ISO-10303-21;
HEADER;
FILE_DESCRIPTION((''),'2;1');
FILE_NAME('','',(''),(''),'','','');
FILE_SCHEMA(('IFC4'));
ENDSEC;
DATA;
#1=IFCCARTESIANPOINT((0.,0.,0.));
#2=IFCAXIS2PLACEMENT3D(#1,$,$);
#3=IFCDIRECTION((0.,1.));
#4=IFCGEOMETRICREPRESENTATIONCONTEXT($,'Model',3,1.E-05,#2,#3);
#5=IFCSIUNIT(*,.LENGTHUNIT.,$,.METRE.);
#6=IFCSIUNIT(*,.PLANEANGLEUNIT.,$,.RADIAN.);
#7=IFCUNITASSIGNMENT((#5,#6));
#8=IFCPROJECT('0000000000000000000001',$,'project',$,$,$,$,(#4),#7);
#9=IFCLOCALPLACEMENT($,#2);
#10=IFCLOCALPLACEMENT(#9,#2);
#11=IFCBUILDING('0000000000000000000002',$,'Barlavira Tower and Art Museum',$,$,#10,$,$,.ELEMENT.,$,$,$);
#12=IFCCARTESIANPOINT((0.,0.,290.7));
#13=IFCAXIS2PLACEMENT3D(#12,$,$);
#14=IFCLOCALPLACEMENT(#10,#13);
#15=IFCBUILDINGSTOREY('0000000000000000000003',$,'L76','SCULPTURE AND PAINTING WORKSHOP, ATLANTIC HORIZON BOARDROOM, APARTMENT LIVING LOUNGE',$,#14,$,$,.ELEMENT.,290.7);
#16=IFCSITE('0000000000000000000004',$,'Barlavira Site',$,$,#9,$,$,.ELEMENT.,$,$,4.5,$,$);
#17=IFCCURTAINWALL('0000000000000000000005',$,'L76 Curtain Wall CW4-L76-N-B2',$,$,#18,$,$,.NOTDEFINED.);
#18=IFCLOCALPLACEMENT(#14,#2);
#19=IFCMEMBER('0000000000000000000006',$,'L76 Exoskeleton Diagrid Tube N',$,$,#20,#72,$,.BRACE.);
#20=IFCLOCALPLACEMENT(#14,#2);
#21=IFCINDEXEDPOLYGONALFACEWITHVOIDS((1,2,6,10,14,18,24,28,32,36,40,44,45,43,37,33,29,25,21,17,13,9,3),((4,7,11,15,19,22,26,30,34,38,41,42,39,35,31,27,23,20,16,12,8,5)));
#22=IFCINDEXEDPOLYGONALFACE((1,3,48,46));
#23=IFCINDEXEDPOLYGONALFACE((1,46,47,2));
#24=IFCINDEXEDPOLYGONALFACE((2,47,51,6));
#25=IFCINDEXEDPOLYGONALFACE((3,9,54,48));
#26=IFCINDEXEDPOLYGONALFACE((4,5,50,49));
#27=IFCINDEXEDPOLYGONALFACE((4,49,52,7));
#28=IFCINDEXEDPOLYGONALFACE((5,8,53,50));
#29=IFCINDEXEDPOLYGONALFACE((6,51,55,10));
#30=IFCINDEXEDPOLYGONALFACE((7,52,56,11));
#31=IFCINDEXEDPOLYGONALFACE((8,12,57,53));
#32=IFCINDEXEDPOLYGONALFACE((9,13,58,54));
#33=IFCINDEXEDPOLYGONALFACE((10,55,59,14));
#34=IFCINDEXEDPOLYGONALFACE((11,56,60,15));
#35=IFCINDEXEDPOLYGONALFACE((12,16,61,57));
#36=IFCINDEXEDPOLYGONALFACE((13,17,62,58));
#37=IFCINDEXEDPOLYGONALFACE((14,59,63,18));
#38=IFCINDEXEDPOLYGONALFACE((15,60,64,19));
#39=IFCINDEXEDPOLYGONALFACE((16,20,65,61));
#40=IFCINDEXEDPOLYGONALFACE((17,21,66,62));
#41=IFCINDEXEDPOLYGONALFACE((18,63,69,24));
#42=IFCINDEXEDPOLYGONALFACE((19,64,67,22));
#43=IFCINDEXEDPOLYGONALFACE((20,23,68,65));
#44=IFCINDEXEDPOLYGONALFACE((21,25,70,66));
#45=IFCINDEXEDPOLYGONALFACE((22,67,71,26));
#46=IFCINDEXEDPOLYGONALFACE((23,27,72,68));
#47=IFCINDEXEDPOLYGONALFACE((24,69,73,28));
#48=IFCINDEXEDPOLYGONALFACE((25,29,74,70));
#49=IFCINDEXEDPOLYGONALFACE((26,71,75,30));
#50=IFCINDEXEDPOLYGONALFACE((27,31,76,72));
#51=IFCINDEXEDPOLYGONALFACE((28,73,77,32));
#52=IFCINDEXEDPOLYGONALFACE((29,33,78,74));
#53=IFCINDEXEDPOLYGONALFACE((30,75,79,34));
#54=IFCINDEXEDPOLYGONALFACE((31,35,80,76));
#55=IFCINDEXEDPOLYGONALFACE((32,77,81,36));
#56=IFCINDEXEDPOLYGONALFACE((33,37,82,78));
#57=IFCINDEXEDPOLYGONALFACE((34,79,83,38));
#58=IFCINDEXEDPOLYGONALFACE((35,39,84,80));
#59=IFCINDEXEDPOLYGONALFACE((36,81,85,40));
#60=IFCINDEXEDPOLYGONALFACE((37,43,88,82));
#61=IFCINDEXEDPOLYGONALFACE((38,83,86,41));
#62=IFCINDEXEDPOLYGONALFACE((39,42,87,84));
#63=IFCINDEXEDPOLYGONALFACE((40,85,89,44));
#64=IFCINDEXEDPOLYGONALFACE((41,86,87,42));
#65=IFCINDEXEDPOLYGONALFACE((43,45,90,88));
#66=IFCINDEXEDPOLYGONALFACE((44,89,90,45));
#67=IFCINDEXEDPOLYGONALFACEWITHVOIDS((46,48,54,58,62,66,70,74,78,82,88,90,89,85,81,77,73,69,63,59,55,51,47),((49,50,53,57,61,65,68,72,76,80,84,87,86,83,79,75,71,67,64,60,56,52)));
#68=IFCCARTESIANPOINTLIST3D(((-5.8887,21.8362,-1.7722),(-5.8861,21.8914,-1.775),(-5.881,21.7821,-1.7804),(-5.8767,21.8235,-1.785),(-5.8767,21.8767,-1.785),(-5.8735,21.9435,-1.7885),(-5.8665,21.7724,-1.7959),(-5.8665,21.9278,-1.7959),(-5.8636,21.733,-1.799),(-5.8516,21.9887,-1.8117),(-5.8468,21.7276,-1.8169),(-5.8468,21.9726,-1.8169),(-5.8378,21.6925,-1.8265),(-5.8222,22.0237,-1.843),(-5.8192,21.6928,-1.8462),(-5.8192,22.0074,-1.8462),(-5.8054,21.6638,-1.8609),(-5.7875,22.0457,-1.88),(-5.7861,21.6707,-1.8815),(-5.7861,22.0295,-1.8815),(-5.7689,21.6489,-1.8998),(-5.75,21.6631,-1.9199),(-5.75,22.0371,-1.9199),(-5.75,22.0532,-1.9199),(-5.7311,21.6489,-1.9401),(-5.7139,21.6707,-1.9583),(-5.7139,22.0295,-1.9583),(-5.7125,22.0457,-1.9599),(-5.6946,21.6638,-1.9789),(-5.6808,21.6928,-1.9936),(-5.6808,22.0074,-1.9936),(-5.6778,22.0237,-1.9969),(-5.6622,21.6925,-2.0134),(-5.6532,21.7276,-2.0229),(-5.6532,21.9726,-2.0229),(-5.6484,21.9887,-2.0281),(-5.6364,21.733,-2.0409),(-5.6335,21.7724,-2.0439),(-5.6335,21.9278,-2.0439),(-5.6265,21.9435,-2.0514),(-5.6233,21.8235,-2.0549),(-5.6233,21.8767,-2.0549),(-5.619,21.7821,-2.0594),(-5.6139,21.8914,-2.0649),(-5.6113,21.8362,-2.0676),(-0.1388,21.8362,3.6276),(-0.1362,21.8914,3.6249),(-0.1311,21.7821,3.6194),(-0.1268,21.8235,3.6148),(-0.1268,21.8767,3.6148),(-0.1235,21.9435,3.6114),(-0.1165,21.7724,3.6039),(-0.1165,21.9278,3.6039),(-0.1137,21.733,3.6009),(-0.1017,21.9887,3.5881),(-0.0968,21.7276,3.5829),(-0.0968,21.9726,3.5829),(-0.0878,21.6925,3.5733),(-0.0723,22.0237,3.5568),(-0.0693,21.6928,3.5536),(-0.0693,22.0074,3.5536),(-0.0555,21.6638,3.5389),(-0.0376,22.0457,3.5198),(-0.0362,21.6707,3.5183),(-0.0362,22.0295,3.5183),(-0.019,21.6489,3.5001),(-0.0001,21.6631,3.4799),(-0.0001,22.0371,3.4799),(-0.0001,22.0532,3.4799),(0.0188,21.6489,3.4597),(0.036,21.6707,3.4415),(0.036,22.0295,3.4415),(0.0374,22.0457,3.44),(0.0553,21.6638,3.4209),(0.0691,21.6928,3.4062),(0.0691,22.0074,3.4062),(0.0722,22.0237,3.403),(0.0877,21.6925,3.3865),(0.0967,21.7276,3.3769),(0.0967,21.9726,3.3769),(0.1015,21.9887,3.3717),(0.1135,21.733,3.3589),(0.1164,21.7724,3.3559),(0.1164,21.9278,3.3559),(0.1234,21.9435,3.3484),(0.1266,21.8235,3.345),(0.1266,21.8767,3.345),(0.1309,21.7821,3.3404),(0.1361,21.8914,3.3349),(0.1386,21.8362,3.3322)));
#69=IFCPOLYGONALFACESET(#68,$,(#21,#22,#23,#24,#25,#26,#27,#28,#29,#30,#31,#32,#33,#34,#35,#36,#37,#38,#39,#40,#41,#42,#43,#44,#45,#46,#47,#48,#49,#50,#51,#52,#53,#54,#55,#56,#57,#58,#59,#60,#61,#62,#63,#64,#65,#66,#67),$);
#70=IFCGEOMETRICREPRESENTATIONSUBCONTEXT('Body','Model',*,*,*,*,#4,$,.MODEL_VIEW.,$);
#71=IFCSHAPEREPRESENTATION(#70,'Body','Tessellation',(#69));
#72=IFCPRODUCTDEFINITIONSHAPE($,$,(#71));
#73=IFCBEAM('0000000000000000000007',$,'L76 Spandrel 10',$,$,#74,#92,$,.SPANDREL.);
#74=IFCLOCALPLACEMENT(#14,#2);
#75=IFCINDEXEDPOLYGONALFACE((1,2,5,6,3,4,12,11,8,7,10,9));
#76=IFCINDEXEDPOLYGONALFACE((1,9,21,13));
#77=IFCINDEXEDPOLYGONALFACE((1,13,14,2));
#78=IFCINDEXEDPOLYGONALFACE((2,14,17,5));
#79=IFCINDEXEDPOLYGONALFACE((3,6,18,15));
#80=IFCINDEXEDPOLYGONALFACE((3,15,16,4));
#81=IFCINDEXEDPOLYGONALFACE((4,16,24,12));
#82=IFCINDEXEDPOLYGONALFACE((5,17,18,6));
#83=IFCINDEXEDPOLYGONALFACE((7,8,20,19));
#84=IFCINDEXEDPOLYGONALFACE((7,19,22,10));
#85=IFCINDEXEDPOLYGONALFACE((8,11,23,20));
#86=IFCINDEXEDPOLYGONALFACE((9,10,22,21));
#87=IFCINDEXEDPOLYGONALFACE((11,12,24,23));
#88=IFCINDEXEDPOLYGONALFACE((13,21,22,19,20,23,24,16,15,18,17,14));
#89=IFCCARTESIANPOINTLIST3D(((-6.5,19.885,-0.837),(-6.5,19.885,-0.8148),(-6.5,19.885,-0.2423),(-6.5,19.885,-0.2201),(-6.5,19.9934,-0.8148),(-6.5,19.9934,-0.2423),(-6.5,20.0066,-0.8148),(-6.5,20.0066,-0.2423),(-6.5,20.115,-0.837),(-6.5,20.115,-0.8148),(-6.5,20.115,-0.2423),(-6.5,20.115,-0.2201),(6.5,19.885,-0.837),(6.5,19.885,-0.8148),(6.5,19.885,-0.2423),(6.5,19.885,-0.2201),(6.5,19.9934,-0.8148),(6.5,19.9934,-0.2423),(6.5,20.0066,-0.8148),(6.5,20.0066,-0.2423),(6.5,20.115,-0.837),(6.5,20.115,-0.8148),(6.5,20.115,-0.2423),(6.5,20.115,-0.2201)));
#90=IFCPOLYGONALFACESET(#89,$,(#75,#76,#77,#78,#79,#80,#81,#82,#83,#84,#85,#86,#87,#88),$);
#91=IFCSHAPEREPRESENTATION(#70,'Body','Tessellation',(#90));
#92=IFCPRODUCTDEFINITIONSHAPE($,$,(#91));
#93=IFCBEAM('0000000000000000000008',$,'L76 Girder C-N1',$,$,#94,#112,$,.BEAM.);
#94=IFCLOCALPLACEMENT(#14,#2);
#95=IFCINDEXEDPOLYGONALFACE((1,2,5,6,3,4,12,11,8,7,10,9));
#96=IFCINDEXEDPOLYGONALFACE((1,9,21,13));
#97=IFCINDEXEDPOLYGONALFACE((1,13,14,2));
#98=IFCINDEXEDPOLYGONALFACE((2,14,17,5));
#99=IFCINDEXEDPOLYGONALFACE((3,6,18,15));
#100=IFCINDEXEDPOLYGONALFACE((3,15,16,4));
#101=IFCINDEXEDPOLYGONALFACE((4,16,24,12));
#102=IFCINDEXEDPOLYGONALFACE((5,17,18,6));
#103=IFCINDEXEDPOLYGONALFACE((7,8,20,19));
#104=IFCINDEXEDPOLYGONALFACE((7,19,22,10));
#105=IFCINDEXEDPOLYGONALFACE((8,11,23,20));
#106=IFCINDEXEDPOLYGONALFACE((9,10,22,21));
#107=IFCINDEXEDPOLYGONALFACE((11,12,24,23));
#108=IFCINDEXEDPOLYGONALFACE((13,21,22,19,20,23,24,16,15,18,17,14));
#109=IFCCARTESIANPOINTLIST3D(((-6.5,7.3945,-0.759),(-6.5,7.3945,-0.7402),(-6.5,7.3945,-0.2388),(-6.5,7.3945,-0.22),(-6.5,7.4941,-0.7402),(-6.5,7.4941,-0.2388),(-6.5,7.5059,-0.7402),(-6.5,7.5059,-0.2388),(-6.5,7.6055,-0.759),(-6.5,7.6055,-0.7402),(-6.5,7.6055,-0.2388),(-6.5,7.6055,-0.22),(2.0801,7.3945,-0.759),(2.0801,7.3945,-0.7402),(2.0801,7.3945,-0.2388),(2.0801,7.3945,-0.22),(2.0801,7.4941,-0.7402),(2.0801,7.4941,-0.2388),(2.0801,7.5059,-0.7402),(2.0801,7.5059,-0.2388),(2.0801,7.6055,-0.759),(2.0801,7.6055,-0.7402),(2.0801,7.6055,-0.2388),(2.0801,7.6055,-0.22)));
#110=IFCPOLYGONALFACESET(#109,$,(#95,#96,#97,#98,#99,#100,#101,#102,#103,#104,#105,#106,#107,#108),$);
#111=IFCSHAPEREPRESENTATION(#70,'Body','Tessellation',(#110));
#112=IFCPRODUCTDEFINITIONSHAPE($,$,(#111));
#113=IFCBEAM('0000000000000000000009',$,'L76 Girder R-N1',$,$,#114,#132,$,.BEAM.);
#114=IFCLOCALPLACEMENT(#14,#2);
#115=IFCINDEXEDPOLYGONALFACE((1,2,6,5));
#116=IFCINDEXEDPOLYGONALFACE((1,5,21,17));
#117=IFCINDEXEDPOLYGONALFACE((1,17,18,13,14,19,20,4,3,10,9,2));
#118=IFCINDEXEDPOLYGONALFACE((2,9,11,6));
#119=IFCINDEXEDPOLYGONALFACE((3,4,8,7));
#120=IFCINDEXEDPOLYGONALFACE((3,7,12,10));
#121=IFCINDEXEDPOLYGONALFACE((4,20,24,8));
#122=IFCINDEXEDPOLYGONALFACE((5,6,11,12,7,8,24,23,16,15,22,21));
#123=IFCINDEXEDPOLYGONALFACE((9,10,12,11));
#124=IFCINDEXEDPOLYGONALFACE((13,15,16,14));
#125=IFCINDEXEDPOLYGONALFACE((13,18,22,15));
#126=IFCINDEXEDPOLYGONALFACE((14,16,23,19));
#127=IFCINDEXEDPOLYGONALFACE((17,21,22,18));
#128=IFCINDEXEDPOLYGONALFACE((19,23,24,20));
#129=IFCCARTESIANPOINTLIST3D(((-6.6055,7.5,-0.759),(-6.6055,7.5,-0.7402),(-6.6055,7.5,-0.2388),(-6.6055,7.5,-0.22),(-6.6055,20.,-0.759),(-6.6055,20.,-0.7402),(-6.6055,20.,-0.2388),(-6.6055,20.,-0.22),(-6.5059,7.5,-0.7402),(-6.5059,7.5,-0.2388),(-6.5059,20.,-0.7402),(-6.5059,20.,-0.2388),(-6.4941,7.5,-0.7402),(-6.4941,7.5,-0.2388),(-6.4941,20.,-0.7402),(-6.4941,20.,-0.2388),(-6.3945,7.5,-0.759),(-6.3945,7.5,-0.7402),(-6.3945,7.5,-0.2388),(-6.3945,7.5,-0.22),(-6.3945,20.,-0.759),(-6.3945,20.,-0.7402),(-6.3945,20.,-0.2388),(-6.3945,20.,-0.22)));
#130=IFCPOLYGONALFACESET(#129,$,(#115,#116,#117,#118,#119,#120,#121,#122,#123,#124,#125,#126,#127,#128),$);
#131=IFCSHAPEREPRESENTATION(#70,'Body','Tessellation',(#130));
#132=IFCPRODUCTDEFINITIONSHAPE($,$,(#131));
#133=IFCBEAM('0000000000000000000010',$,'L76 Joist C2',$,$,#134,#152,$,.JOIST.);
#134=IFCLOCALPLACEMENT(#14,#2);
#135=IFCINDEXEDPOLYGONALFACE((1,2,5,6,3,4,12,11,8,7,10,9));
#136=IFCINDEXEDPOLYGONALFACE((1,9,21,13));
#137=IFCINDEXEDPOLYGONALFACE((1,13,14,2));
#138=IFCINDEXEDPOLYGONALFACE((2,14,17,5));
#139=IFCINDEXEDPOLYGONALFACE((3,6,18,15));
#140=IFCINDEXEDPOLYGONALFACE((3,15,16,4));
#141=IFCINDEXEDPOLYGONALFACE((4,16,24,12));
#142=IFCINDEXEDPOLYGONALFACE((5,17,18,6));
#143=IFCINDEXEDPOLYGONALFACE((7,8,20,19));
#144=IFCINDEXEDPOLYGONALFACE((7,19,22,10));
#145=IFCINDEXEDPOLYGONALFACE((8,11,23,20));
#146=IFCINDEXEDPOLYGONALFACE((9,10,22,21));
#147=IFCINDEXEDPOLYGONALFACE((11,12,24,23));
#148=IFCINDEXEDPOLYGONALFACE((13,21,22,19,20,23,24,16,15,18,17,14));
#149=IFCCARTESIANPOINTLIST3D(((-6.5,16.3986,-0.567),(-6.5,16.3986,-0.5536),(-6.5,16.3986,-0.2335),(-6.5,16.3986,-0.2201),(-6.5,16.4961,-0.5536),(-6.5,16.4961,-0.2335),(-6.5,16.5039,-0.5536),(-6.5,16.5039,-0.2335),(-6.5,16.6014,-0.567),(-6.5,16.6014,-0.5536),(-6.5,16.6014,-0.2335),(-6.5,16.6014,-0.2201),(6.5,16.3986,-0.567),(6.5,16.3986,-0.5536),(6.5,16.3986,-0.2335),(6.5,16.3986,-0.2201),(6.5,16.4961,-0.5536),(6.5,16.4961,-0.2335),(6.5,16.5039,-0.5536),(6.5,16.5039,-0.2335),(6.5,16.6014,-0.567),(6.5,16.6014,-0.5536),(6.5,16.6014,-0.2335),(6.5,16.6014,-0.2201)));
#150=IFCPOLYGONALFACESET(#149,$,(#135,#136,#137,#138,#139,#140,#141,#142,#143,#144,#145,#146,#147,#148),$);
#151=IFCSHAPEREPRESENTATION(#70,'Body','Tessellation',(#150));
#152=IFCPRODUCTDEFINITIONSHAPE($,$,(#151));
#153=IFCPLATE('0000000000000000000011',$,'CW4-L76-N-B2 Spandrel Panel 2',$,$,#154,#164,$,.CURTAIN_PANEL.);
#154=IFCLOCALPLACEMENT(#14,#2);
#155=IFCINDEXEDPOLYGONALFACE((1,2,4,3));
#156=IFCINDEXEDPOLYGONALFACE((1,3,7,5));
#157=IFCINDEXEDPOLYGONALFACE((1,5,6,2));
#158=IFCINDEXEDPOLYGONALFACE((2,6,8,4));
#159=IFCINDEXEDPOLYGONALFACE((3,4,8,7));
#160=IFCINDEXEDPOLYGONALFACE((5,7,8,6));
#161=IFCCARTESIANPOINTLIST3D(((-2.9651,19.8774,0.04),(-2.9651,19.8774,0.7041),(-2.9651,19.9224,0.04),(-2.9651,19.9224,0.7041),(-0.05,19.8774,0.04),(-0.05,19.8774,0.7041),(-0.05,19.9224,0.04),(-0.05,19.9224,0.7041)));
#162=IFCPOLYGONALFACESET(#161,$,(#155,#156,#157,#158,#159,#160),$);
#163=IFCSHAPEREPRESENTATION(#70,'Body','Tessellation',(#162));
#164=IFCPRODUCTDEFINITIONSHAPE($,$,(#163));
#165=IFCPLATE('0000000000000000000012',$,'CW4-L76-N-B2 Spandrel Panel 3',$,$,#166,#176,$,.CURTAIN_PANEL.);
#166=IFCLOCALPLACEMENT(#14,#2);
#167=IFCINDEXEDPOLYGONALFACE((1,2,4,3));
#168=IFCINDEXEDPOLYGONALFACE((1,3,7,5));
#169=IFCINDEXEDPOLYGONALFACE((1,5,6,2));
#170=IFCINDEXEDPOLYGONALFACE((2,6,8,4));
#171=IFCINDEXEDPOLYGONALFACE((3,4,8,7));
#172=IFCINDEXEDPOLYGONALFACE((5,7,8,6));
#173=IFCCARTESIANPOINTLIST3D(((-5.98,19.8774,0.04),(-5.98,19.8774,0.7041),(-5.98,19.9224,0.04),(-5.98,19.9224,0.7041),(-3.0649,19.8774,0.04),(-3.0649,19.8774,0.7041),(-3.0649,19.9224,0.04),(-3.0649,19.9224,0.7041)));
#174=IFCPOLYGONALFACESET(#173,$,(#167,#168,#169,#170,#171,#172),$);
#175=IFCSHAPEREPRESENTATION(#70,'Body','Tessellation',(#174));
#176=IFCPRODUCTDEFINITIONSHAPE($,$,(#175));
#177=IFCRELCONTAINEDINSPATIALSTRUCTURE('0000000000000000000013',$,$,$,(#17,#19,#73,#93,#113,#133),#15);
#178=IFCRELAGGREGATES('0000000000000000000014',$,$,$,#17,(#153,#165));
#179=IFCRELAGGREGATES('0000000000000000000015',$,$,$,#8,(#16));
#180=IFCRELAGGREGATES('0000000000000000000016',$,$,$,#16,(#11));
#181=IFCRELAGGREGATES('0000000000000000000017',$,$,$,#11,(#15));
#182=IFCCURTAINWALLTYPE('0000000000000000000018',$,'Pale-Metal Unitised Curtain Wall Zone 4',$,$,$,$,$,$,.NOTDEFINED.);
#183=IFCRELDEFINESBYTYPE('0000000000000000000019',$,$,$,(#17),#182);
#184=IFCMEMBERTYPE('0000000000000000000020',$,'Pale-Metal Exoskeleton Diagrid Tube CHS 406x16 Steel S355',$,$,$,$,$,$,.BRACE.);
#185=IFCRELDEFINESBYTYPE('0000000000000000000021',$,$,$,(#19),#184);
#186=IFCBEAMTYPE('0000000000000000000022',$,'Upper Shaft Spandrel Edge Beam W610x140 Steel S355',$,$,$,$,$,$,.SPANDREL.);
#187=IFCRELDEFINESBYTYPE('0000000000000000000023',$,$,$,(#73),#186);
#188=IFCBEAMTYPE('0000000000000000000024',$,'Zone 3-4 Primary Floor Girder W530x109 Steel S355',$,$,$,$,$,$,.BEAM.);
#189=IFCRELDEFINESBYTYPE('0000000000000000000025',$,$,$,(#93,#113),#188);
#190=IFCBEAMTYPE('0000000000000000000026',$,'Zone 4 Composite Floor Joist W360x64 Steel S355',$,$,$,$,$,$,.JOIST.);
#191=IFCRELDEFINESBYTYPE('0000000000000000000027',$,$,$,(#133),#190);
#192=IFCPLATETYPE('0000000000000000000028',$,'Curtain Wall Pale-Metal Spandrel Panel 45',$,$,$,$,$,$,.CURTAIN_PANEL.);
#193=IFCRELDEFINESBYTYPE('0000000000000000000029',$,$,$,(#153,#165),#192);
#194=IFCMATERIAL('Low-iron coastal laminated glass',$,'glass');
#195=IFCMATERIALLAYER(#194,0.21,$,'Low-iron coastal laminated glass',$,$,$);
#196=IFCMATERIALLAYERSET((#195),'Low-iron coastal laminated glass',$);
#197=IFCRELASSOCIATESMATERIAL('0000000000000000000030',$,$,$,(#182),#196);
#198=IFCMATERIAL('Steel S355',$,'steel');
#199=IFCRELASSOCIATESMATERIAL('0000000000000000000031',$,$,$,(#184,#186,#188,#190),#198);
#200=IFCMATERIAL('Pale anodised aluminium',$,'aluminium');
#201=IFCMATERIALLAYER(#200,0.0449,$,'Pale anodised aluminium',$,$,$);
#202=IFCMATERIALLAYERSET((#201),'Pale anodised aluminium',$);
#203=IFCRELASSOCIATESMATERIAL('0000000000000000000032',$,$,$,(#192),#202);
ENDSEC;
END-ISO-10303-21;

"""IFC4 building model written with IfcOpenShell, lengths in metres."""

from ifc_helpers import new_model, si_unit, direction, frame, origin, origin_2d, place, context, subcontext, project, spatial, rectangle, hollow_circle, i_section, extrude, material, layer, layer_set, material_profile, profile_set, type_object, element, aggregate, save


model = new_model("IFC4")

# Units and contexts
model_context = context("Model", 3, precision=1e-05, world=origin(), true_north=direction((0.0, 1.0)))
body_context = subcontext(model_context, "Body", "Model", "MODEL_VIEW")
ifc_project = project(units=[si_unit("LENGTHUNIT", "METRE"), si_unit("PLANEANGLEUNIT", "RADIAN")], contexts=[model_context])

# Site, building, storey
site_placement = place(None, origin())
site = spatial("IfcSite", under=ifc_project, at=site_placement, Name="Barlavira Site", CompositionType="ELEMENT", RefElevation=4.5)
building_placement = place(site_placement, origin())
building = spatial("IfcBuilding", under=site, at=building_placement, Name="Barlavira Tower and Art Museum", CompositionType="ELEMENT")
storey_placement = place(building_placement, frame((0.0, 0.0, 290.7)))
storey = spatial("IfcBuildingStorey", under=building, at=storey_placement, Name="L76", Description="SCULPTURE AND PAINTING WORKSHOP, ATLANTIC HORIZON BOARDROOM, APARTMENT LIVING LOUNGE", CompositionType="ELEMENT", Elevation=290.7)

# Shared definitions
ifc_material_1 = material(Name="Steel S355", Category="steel")

# Curtain wall
ifc_material_2 = material(Name="Low-iron coastal laminated glass", Category="glass")
ifc_layer_1 = layer(ifc_material_2, 0.21, Name="Low-iron coastal laminated glass")
ifc_layer_set_1 = layer_set([ifc_layer_1], Name="Low-iron coastal laminated glass")
curtain_wall_type = type_object("IfcCurtainWallType", Name="Pale-Metal Unitised Curtain Wall Zone 4", PredefinedType="NOTDEFINED", material=ifc_layer_set_1)
curtain_wall_placement = place(storey_placement, origin())
curtain_wall = element("IfcCurtainWall", 1, at=curtain_wall_placement, inside=storey, type_object=curtain_wall_type, Name="L76 Curtain Wall CW4-L76-N-B2", PredefinedType="NOTDEFINED")
ifc_material_3 = material(Name="Pale anodised aluminium", Category="aluminium")

# Member
ifc_material_profile_1 = material_profile(ifc_material_1, hollow_circle(Radius=0.2031, WallThickness=0.0161, at=origin_2d()), Name="CHS 406.4x16.0")
ifc_profile_set_1 = profile_set([ifc_material_profile_1], Name="Steel S355")
member_type_1 = type_object("IfcMemberType", Name="Pale-Metal Exoskeleton Diagrid Tube CHS 406x16 Steel S355", PredefinedType="BRACE", material=ifc_profile_set_1)
for number, where, z_axis, x_axis, name in (
    (2, (-5.75, 21.8501, -1.9199), (0.72895, 0.0, 0.684567), (0.0, 1.0, 0.0), "L76 Exoskeleton Diagrid Tube N"),
):
    element("IfcMember", number, at=place(storey_placement, frame(where, z_axis=z_axis, x_axis=x_axis)), inside=storey, type_object=member_type_1, Name=name, PredefinedType="BRACE", context=body_context, shape_type="SweptSolid", body=[
        extrude(hollow_circle(Radius=0.2031, WallThickness=0.0161, at=origin_2d()), origin(), (0.0, 0.0, 1.0), 7.8879),
    ])

# Beams
ifc_material_profile_2 = material_profile(ifc_material_1, i_section(OverallWidth=0.23, OverallDepth=0.6169, WebThickness=0.0132, FlangeThickness=0.0222, at=origin_2d()), Name="W610x140.0")
ifc_profile_set_2 = profile_set([ifc_material_profile_2], Name="Steel S355")
beam_type_1 = type_object("IfcBeamType", Name="Upper Shaft Spandrel Edge Beam W610x140 Steel S355", PredefinedType="SPANDREL", material=ifc_profile_set_2)
beam_1_placement = place(storey_placement, frame((-6.5, 20.0, -0.5286), z_axis=(1.0, 0.0, 0.0), x_axis=(0.0, 1.0, 0.0)))
element("IfcBeam", 3, at=beam_1_placement, inside=storey, type_object=beam_type_1, Name="L76 Spandrel 10", PredefinedType="SPANDREL", context=body_context, shape_type="SweptSolid", body=[
    extrude(i_section(OverallWidth=0.23, OverallDepth=0.6169, WebThickness=0.0132, FlangeThickness=0.0222, at=origin_2d()), origin(), (0.0, 0.0, 1.0), 13.0),
])
ifc_material_profile_3 = material_profile(ifc_material_1, i_section(OverallWidth=0.2109, OverallDepth=0.5391, WebThickness=0.0117, FlangeThickness=0.0188, at=origin_2d()), Name="W530x109.0")
ifc_profile_set_3 = profile_set([ifc_material_profile_3], Name="Steel S355")
beam_type_2 = type_object("IfcBeamType", Name="Zone 3-4 Primary Floor Girder W530x109 Steel S355", PredefinedType="BEAM", material=ifc_profile_set_3)
beam_2_placement = place(storey_placement, frame((-6.5, 7.5, -0.4895), z_axis=(1.0, 0.0, 0.0), x_axis=(0.0, 1.0, 0.0)))
element("IfcBeam", 4, at=beam_2_placement, inside=storey, type_object=beam_type_2, Name="L76 Girder C-N1", PredefinedType="BEAM", context=body_context, shape_type="SweptSolid", body=[
    extrude(i_section(OverallWidth=0.2109, OverallDepth=0.5391, WebThickness=0.0117, FlangeThickness=0.0188, at=origin_2d()), origin(), (0.0, 0.0, 1.0), 8.5801),
])
beam_3_placement = place(storey_placement, frame((-6.5, 7.5, -0.4895), z_axis=(0.0, 1.0, 0.0), x_axis=(-1.0, 0.0, 0.0)))
element("IfcBeam", 5, at=beam_3_placement, inside=storey, type_object=beam_type_2, Name="L76 Girder R-N1", PredefinedType="BEAM", context=body_context, shape_type="SweptSolid", body=[
    extrude(i_section(OverallWidth=0.2109, OverallDepth=0.5391, WebThickness=0.0117, FlangeThickness=0.0188, at=origin_2d()), origin(), (0.0, 0.0, 1.0), 12.5),
])
ifc_material_profile_4 = material_profile(ifc_material_1, i_section(OverallWidth=0.2029, OverallDepth=0.3469, WebThickness=0.0078, FlangeThickness=0.0134, at=origin_2d()), Name="W360x64.0")
ifc_profile_set_4 = profile_set([ifc_material_profile_4], Name="Steel S355")
beam_type_3 = type_object("IfcBeamType", Name="Zone 4 Composite Floor Joist W360x64 Steel S355", PredefinedType="JOIST", material=ifc_profile_set_4)
beam_4_placement = place(storey_placement, frame((-6.5, 16.5, -0.3936), z_axis=(1.0, 0.0, 0.0), x_axis=(0.0, 1.0, 0.0)))
element("IfcBeam", 6, at=beam_4_placement, inside=storey, type_object=beam_type_3, Name="L76 Joist C2", PredefinedType="JOIST", context=body_context, shape_type="SweptSolid", body=[
    extrude(i_section(OverallWidth=0.2029, OverallDepth=0.3469, WebThickness=0.0078, FlangeThickness=0.0134, at=origin_2d()), origin(), (0.0, 0.0, 1.0), 13.0),
])

# Plates
ifc_layer_2 = layer(ifc_material_3, 0.0449, Name="Pale anodised aluminium")
ifc_layer_set_2 = layer_set([ifc_layer_2], Name="Pale anodised aluminium")
plate_type_1 = type_object("IfcPlateType", Name="Curtain Wall Pale-Metal Spandrel Panel 45", PredefinedType="CURTAIN_PANEL", material=ifc_layer_set_2)
plate_1_placement = place(storey_placement, frame((-1.5076, 19.8999, 0.04), z_axis=(0.0, 0.0, 1.0), x_axis=(-1.0, 0.0, 0.0)))
plate_1 = element("IfcPlate", 7, at=plate_1_placement, type_object=plate_type_1, Name="CW4-L76-N-B2 Spandrel Panel 2", PredefinedType="CURTAIN_PANEL", context=body_context, shape_type="SweptSolid", body=[
    extrude(rectangle(XDim=2.915, YDim=0.0449, at=origin_2d()), origin(), (0.0, 0.0, 1.0), 0.6641),
])
plate_2_placement = place(storey_placement, frame((-4.5225, 19.8999, 0.04), z_axis=(0.0, 0.0, 1.0), x_axis=(-1.0, 0.0, 0.0)))
plate_2 = element("IfcPlate", 8, at=plate_2_placement, type_object=plate_type_1, Name="CW4-L76-N-B2 Spandrel Panel 3", PredefinedType="CURTAIN_PANEL", context=body_context, shape_type="SweptSolid", body=[
    extrude(rectangle(XDim=2.915, YDim=0.0449, at=origin_2d()), origin(), (0.0, 0.0, 1.0), 0.6641),
])
aggregate(curtain_wall, [plate_1, plate_2])

save(model, "model.ifc")
